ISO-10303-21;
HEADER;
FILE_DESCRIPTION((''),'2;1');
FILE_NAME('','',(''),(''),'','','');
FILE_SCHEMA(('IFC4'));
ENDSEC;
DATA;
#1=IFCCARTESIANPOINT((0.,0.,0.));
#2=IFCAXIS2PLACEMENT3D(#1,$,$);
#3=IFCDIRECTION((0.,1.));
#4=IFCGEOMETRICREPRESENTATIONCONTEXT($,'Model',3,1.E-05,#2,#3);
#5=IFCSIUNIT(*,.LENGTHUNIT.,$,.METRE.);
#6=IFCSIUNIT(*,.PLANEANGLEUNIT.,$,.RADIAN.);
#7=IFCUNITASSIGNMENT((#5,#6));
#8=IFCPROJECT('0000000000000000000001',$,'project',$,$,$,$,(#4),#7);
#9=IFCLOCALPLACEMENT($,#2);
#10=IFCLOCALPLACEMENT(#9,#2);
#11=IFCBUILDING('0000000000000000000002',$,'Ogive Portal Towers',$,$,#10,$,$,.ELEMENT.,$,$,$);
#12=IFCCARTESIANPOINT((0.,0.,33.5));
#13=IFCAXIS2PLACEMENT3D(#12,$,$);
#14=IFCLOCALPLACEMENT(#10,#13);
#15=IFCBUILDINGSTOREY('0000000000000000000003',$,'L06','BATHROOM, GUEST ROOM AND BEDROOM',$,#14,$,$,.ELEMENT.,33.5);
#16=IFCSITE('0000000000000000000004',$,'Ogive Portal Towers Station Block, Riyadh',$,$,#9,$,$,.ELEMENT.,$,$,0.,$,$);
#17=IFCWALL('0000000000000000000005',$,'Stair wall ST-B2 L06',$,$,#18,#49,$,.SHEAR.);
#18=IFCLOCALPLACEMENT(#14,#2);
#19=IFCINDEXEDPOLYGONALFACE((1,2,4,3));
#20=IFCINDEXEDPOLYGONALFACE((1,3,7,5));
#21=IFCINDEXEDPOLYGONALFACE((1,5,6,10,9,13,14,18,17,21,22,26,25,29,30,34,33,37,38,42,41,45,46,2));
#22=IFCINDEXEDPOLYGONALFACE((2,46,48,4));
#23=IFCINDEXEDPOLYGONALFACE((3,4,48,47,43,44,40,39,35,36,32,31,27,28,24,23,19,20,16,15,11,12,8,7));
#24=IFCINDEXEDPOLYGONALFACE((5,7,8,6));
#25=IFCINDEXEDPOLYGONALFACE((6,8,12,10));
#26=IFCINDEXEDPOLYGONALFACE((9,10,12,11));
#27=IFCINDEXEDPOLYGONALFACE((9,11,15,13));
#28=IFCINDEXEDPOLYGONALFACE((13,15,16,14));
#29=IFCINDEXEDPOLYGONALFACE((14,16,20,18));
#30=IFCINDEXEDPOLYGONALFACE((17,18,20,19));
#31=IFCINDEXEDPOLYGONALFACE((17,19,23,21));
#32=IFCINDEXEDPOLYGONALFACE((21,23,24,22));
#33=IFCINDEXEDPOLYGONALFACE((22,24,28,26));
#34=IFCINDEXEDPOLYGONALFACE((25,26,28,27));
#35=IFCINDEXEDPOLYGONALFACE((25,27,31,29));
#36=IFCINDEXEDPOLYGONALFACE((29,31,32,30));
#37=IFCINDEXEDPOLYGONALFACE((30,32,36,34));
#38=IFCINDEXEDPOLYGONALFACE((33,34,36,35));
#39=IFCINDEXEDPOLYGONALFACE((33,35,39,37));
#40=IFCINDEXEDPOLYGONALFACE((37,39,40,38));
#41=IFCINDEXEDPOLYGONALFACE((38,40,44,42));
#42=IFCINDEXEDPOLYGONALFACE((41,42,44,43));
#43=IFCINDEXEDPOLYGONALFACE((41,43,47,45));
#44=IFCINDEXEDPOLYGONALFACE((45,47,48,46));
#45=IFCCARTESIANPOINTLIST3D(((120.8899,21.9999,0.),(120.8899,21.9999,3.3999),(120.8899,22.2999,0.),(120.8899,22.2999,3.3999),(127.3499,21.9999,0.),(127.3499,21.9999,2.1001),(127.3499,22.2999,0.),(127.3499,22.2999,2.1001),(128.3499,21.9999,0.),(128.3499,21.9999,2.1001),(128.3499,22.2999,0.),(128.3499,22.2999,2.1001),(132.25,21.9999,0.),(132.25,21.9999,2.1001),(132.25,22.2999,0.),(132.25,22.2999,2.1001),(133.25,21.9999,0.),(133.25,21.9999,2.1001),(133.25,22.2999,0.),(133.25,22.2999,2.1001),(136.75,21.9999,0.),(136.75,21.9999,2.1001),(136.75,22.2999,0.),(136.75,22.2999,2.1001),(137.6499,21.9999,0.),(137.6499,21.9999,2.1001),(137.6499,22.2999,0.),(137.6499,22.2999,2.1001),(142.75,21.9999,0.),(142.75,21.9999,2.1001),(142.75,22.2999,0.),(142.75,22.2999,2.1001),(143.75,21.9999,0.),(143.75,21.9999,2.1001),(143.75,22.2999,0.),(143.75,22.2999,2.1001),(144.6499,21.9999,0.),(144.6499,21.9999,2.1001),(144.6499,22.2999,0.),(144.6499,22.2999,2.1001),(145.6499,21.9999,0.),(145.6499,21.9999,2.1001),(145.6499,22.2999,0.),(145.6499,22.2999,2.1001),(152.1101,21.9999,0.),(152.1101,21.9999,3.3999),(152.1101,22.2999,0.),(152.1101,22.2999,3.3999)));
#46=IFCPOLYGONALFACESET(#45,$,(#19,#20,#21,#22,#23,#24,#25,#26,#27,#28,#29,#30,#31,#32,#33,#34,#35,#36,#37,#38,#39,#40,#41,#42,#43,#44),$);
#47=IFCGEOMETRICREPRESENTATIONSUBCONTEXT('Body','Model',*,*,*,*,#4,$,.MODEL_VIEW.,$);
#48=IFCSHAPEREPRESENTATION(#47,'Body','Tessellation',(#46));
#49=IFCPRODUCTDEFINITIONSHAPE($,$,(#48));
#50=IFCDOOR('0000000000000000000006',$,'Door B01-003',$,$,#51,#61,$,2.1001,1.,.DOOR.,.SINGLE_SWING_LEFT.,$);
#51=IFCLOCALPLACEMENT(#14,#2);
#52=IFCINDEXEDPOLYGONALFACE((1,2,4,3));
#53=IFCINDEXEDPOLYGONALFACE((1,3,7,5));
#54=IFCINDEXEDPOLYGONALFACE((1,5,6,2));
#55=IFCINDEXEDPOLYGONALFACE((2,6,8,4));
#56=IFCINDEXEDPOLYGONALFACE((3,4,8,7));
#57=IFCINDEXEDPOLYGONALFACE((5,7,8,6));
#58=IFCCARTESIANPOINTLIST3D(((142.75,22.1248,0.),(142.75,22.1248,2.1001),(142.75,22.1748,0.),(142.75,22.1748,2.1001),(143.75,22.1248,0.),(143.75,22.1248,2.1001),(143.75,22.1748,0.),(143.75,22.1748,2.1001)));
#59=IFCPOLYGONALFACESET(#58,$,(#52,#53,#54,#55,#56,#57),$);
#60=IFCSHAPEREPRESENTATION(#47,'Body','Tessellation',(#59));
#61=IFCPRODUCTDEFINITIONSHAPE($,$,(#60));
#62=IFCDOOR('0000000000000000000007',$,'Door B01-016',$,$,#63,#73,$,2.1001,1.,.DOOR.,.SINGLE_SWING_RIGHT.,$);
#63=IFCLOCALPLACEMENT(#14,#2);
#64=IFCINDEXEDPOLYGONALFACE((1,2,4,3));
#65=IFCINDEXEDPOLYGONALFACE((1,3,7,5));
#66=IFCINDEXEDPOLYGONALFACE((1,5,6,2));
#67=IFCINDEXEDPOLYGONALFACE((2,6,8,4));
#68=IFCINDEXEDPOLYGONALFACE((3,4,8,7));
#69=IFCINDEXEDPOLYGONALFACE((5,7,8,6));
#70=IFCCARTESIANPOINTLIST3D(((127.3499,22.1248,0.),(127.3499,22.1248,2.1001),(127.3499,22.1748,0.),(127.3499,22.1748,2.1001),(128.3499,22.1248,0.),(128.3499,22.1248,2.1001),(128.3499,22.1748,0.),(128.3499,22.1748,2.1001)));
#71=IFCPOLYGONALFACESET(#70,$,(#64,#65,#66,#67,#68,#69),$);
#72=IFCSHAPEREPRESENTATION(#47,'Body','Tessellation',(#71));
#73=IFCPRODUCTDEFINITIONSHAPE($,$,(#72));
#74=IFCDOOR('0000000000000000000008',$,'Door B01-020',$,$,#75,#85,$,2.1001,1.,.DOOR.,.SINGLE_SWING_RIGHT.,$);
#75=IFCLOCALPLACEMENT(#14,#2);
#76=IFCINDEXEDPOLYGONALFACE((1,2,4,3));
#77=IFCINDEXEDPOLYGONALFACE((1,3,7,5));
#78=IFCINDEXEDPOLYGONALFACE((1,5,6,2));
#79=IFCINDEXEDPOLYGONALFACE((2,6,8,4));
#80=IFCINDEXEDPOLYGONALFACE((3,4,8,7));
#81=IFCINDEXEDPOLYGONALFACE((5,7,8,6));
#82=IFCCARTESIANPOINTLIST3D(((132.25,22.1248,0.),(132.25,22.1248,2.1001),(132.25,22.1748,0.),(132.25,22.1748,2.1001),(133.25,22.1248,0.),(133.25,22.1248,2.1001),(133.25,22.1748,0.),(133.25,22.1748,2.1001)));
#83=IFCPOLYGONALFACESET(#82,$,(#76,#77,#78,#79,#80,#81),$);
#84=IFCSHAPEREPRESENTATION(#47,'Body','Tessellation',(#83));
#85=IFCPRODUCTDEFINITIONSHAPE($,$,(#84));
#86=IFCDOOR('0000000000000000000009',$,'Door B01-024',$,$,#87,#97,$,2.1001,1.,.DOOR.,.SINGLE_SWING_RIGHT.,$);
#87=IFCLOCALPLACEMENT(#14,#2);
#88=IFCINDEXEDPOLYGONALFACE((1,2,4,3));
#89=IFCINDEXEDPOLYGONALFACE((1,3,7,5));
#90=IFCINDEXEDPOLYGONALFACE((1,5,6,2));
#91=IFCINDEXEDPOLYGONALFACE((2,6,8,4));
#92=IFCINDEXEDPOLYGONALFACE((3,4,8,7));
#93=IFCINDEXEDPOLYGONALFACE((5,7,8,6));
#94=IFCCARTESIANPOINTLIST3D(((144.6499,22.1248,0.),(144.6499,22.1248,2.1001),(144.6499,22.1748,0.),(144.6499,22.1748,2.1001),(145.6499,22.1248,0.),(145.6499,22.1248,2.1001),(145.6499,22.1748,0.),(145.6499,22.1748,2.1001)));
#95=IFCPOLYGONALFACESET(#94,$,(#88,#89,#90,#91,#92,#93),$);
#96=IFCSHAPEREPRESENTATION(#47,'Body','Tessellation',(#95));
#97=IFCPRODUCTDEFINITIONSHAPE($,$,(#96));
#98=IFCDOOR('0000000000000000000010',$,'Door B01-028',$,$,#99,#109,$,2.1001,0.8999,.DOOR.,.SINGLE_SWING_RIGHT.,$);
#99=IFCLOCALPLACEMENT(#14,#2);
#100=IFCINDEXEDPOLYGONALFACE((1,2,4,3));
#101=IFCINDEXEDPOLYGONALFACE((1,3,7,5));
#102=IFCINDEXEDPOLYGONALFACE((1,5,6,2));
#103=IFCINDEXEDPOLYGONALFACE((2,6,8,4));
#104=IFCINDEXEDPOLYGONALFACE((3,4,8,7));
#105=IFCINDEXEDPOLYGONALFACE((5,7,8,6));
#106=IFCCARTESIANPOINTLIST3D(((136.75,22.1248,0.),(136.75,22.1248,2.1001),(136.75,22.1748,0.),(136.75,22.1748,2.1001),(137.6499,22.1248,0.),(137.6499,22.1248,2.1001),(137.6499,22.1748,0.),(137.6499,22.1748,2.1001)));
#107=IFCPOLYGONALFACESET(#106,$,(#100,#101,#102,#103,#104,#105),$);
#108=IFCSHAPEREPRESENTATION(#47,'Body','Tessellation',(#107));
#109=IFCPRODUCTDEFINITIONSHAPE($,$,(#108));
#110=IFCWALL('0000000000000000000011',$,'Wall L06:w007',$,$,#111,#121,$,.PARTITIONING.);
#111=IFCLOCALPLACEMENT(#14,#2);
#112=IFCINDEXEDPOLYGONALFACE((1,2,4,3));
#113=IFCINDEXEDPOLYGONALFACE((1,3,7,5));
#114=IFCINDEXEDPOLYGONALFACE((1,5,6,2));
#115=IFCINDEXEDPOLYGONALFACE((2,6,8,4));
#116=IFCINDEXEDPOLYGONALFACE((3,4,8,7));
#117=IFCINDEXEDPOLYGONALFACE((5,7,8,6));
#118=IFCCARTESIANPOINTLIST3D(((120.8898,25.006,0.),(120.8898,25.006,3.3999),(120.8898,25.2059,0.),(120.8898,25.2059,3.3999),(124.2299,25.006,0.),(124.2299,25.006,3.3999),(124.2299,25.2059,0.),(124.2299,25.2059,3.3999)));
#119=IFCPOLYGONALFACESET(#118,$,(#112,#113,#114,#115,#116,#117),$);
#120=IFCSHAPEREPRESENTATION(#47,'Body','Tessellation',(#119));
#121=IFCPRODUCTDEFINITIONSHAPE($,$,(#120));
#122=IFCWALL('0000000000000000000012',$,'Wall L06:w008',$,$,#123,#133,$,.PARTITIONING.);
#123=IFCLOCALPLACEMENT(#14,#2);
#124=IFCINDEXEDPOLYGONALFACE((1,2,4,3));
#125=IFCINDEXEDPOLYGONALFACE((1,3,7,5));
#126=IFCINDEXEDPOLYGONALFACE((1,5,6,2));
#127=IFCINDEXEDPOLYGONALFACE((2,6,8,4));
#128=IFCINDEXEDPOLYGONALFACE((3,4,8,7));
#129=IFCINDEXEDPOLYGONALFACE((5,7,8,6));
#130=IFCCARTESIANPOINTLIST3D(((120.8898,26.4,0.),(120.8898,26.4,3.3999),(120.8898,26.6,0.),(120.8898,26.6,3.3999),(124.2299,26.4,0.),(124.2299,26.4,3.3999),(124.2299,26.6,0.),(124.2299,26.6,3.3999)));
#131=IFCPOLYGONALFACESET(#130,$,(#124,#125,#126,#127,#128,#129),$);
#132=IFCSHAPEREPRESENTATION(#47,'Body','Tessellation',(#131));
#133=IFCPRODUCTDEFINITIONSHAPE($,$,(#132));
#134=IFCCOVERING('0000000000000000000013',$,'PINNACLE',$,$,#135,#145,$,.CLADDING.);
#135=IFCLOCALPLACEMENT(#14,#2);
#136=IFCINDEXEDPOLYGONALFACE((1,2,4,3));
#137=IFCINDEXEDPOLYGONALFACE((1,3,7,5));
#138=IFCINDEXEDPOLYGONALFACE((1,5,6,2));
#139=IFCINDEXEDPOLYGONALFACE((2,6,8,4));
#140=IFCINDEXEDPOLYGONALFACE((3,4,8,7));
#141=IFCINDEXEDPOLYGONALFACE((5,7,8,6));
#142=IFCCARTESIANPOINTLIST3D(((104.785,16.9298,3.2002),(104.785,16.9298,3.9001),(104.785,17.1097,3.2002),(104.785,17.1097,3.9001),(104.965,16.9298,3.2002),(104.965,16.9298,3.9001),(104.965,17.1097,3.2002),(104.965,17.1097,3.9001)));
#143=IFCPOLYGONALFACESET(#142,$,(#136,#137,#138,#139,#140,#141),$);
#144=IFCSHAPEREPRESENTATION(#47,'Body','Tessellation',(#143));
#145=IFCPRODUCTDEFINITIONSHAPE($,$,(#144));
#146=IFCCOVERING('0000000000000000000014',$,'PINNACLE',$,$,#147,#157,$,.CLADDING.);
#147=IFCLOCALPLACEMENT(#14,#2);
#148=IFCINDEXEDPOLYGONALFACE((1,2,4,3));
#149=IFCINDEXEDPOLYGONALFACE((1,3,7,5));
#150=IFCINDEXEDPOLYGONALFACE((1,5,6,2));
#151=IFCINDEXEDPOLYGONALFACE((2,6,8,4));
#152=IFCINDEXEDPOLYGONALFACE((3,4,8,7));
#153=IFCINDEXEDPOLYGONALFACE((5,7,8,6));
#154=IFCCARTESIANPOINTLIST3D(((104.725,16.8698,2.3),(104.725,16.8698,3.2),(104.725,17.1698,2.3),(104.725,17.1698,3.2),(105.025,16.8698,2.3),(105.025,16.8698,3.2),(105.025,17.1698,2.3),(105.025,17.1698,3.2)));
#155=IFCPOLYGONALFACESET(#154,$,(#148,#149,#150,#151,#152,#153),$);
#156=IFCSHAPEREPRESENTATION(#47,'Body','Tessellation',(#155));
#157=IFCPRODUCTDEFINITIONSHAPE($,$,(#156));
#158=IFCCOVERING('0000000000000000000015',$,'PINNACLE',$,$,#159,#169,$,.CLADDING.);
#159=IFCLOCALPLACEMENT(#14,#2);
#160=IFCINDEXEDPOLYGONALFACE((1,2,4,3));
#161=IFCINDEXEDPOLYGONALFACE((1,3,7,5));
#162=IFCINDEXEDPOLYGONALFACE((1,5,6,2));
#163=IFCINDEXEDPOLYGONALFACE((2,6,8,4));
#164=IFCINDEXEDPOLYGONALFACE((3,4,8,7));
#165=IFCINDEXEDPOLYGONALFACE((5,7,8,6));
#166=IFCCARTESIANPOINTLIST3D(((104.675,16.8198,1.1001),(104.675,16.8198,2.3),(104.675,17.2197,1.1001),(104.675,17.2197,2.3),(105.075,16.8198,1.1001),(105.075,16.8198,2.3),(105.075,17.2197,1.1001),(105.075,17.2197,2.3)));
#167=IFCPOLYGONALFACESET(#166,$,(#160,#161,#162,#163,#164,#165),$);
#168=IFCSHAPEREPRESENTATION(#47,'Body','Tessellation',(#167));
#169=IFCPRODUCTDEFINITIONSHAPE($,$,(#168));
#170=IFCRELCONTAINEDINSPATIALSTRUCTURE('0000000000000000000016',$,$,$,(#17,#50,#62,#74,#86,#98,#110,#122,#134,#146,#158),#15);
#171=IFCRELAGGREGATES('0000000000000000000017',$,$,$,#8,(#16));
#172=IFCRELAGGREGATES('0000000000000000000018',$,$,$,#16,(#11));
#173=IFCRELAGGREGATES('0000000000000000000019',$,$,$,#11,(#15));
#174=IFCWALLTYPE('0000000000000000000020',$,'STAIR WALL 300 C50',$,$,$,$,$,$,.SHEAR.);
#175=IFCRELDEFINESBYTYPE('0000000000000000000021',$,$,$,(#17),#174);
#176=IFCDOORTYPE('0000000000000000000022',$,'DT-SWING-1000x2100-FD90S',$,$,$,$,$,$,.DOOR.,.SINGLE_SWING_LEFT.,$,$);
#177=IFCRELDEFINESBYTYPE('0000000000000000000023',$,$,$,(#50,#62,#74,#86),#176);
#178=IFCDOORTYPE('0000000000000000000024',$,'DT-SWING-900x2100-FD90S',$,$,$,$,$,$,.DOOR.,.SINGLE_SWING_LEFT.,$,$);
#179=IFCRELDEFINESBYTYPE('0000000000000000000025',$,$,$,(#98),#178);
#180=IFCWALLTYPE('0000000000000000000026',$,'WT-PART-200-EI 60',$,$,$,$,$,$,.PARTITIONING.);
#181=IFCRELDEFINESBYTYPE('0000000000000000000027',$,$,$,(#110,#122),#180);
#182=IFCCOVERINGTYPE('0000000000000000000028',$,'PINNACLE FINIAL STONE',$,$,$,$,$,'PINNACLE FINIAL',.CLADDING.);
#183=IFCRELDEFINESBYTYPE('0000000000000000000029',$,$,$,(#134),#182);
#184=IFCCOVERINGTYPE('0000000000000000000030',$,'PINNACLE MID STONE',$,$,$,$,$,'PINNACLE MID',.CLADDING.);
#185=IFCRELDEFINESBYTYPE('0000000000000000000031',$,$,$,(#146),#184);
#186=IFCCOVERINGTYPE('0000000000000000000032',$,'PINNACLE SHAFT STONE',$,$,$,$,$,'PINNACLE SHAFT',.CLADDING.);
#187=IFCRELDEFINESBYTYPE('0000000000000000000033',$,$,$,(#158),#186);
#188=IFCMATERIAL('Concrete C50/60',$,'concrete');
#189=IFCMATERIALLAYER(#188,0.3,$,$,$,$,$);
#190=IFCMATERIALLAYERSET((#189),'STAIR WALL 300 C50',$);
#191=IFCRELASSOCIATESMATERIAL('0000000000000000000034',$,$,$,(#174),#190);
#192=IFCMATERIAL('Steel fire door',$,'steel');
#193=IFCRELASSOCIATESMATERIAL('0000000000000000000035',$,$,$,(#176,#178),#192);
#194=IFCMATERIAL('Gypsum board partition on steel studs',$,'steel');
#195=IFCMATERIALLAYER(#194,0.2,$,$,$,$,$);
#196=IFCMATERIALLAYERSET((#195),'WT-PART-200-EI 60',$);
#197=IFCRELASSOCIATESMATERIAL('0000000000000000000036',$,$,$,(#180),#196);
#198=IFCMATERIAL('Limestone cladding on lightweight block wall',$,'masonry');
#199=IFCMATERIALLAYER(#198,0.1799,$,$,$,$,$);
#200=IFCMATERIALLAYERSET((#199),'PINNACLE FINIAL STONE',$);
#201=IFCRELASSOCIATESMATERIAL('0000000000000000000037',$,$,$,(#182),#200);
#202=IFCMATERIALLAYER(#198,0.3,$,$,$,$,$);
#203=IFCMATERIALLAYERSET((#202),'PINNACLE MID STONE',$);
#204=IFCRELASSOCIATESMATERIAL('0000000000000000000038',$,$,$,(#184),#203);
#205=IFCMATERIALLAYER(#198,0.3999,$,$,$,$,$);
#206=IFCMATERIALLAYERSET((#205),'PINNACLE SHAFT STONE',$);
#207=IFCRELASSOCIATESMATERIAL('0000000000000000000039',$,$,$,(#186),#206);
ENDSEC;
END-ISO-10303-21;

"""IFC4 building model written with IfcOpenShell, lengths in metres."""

from ifc_helpers import new_model, si_unit, direction, frame, frame_2d, origin, origin_2d, place, context, subcontext, project, spatial, rectangle, extrude, material, layer, layer_set, type_object, element, fill, save


model = new_model("IFC4")

# Units and contexts
model_context = context("Model", 3, precision=1e-05, world=origin(), true_north=direction((0.0, 1.0)))
body_context = subcontext(model_context, "Body", "Model", "MODEL_VIEW")
ifc_project = project(units=[si_unit("LENGTHUNIT", "METRE"), si_unit("PLANEANGLEUNIT", "RADIAN")], contexts=[model_context])

# Site, building, storey
site_placement = place(None, origin())
site = spatial("IfcSite", under=ifc_project, at=site_placement, Name="Ogive Portal Towers Station Block, Riyadh", CompositionType="ELEMENT", RefElevation=0.0)
building_placement = place(site_placement, origin())
building = spatial("IfcBuilding", under=site, at=building_placement, Name="Ogive Portal Towers", CompositionType="ELEMENT")
storey_placement = place(building_placement, frame((0.0, 0.0, 33.5)))
storey = spatial("IfcBuildingStorey", under=building, at=storey_placement, Name="L06", Description="BATHROOM, GUEST ROOM AND BEDROOM", CompositionType="ELEMENT", Elevation=33.5)

# Shared definitions
ifc_material_1 = material(Name="Limestone cladding on lightweight block wall", Category="masonry")

# Wall, openings, doors
ifc_material_2 = material(Name="Concrete C50/60", Category="concrete")
ifc_layer_1 = layer(ifc_material_2, 0.3)
ifc_layer_set_1 = layer_set([ifc_layer_1], Name="STAIR WALL 300 C50")
wall_type_1 = type_object("IfcWallType", Name="STAIR WALL 300 C50", PredefinedType="SHEAR", material=ifc_layer_set_1)
wall_1_placement = place(storey_placement, frame((120.8899, 22.1499, 0.0), z_axis=(0.0, 0.0, 1.0), x_axis=(1.0, 0.0, 0.0)))
wall_1 = element("IfcWall", 1, at=wall_1_placement, inside=storey, type_object=wall_type_1, Name="Stair wall ST-B2 L06", PredefinedType="SHEAR", context=body_context, shape_type="SweptSolid", body=[
    extrude(rectangle(XDim=31.2202, YDim=0.3, at=frame_2d((15.6101, 0.0))), origin(), (0.0, 0.0, 1.0), 3.3999),
])
opening_1_placement = place(wall_1_placement, frame((21.8601, 0.0, 0.0)))
opening_1 = element("IfcOpeningElement", 2, at=opening_1_placement, cuts=wall_1, PredefinedType="OPENING", context=body_context, shape_type="SweptSolid", body=[
    extrude(rectangle(XDim=1.0, YDim=2.1001, at=frame_2d((0.5, 1.05))), frame((0.0, 0.1602, 0.0), z_axis=(0.0, -1.0, 0.0), x_axis=(1.0, 0.0, 0.0)), (0.0, 0.0, 1.0), 0.3201),
])
opening_2_placement = place(wall_1_placement, frame((6.46, 0.0, 0.0)))
opening_2 = element("IfcOpeningElement", 3, at=opening_2_placement, cuts=wall_1, PredefinedType="OPENING", context=body_context, shape_type="SweptSolid", body=[
    extrude(rectangle(XDim=1.0, YDim=2.1001, at=frame_2d((0.5, 1.05))), frame((0.0, 0.1602, 0.0), z_axis=(0.0, -1.0, 0.0), x_axis=(1.0, 0.0, 0.0)), (0.0, 0.0, 1.0), 0.3201),
])
opening_3_placement = place(wall_1_placement, frame((11.3601, 0.0, 0.0)))
opening_3 = element("IfcOpeningElement", 4, at=opening_3_placement, cuts=wall_1, PredefinedType="OPENING", context=body_context, shape_type="SweptSolid", body=[
    extrude(rectangle(XDim=1.0, YDim=2.1001, at=frame_2d((0.5, 1.05))), frame((0.0, 0.1602, 0.0), z_axis=(0.0, -1.0, 0.0), x_axis=(1.0, 0.0, 0.0)), (0.0, 0.0, 1.0), 0.3201),
])
opening_4_placement = place(wall_1_placement, frame((23.76, 0.0, 0.0)))
opening_4 = element("IfcOpeningElement", 5, at=opening_4_placement, cuts=wall_1, PredefinedType="OPENING", context=body_context, shape_type="SweptSolid", body=[
    extrude(rectangle(XDim=1.0, YDim=2.1001, at=frame_2d((0.5, 1.05))), frame((0.0, 0.1602, 0.0), z_axis=(0.0, -1.0, 0.0), x_axis=(1.0, 0.0, 0.0)), (0.0, 0.0, 1.0), 0.3201),
])
opening_5_placement = place(wall_1_placement, frame((15.8601, 0.0, 0.0)))
opening_5 = element("IfcOpeningElement", 6, at=opening_5_placement, cuts=wall_1, PredefinedType="OPENING", context=body_context, shape_type="SweptSolid", body=[
    extrude(rectangle(XDim=0.8999, YDim=2.1001, at=frame_2d((0.45, 1.05))), frame((0.0, 0.1602, 0.0), z_axis=(0.0, -1.0, 0.0), x_axis=(1.0, 0.0, 0.0)), (0.0, 0.0, 1.0), 0.3201),
])
ifc_material_3 = material(Name="Steel fire door", Category="steel")
door_type_1 = type_object("IfcDoorType", Name="DT-SWING-1000x2100-FD90S", OperationType="SINGLE_SWING_LEFT", PredefinedType="DOOR", material=ifc_material_3)
door_1_placement = place(opening_1_placement, origin())
door_1 = element("IfcDoor", 7, at=door_1_placement, inside=storey, type_object=door_type_1, Name="Door B01-003", OperationType="SINGLE_SWING_LEFT", OverallHeight=2.1001, OverallWidth=1.0, PredefinedType="DOOR", context=body_context, shape_type="SweptSolid", body=[
    extrude(rectangle(XDim=1.0, YDim=2.1001, at=frame_2d((0.5, 1.05))), frame((0.0, 0.0249, 0.0), z_axis=(0.0, -1.0, 0.0), x_axis=(1.0, 0.0, 0.0)), (0.0, 0.0, 1.0), 0.05),
])
fill(opening_1, door_1)
door_2_placement = place(opening_2_placement, origin())
door_2 = element("IfcDoor", 8, at=door_2_placement, inside=storey, type_object=door_type_1, Name="Door B01-016", OperationType="SINGLE_SWING_RIGHT", OverallHeight=2.1001, OverallWidth=1.0, PredefinedType="DOOR", context=body_context, shape_type="SweptSolid", body=[
    extrude(rectangle(XDim=1.0, YDim=2.1001, at=frame_2d((0.5, 1.05))), frame((0.0, 0.0249, 0.0), z_axis=(0.0, -1.0, 0.0), x_axis=(1.0, 0.0, 0.0)), (0.0, 0.0, 1.0), 0.05),
])
fill(opening_2, door_2)
door_3_placement = place(opening_3_placement, origin())
door_3 = element("IfcDoor", 9, at=door_3_placement, inside=storey, type_object=door_type_1, Name="Door B01-020", OperationType="SINGLE_SWING_RIGHT", OverallHeight=2.1001, OverallWidth=1.0, PredefinedType="DOOR", context=body_context, shape_type="SweptSolid", body=[
    extrude(rectangle(XDim=1.0, YDim=2.1001, at=frame_2d((0.5, 1.05))), frame((0.0, 0.0249, 0.0), z_axis=(0.0, -1.0, 0.0), x_axis=(1.0, 0.0, 0.0)), (0.0, 0.0, 1.0), 0.05),
])
fill(opening_3, door_3)
door_4_placement = place(opening_4_placement, origin())
door_4 = element("IfcDoor", 10, at=door_4_placement, inside=storey, type_object=door_type_1, Name="Door B01-024", OperationType="SINGLE_SWING_RIGHT", OverallHeight=2.1001, OverallWidth=1.0, PredefinedType="DOOR", context=body_context, shape_type="SweptSolid", body=[
    extrude(rectangle(XDim=1.0, YDim=2.1001, at=frame_2d((0.5, 1.05))), frame((0.0, 0.0249, 0.0), z_axis=(0.0, -1.0, 0.0), x_axis=(1.0, 0.0, 0.0)), (0.0, 0.0, 1.0), 0.05),
])
fill(opening_4, door_4)
door_type_2 = type_object("IfcDoorType", Name="DT-SWING-900x2100-FD90S", OperationType="SINGLE_SWING_LEFT", PredefinedType="DOOR", material=ifc_material_3)
door_5_placement = place(opening_5_placement, origin())
door_5 = element("IfcDoor", 11, at=door_5_placement, inside=storey, type_object=door_type_2, Name="Door B01-028", OperationType="SINGLE_SWING_RIGHT", OverallHeight=2.1001, OverallWidth=0.8999, PredefinedType="DOOR", context=body_context, shape_type="SweptSolid", body=[
    extrude(rectangle(XDim=0.8999, YDim=2.1001, at=frame_2d((0.45, 1.05))), frame((0.0, 0.0249, 0.0), z_axis=(0.0, -1.0, 0.0), x_axis=(1.0, 0.0, 0.0)), (0.0, 0.0, 1.0), 0.05),
])
fill(opening_5, door_5)

# Walls
ifc_material_4 = material(Name="Gypsum board partition on steel studs", Category="steel")
ifc_layer_2 = layer(ifc_material_4, 0.2)
ifc_layer_set_2 = layer_set([ifc_layer_2], Name="WT-PART-200-EI 60")
wall_type_2 = type_object("IfcWallType", Name="WT-PART-200-EI 60", PredefinedType="PARTITIONING", material=ifc_layer_set_2)
for number, where, z_axis, x_axis, name in (
    (12, (120.8899, 25.106, 0.0), (0.0, 0.0, 1.0), (1.0, 0.0, 0.0), "Wall L06:w007"),
    (13, (120.8899, 26.5, 0.0), (0.0, 0.0, 1.0), (1.0, 0.0, 0.0), "Wall L06:w008"),
):
    element("IfcWall", number, at=place(storey_placement, frame(where, z_axis=z_axis, x_axis=x_axis)), inside=storey, type_object=wall_type_2, Name=name, PredefinedType="PARTITIONING", context=body_context, shape_type="SweptSolid", body=[
        extrude(rectangle(XDim=3.3401, YDim=0.2, at=frame_2d((1.6699, 0.0))), origin(), (0.0, 0.0, 1.0), 3.3999),
    ])

# Coverings
ifc_layer_3 = layer(ifc_material_1, 0.1799)
ifc_layer_set_3 = layer_set([ifc_layer_3], Name="PINNACLE FINIAL STONE")
covering_type_1 = type_object("IfcCoveringType", Name="PINNACLE FINIAL STONE", ElementType="PINNACLE FINIAL", PredefinedType="CLADDING", material=ifc_layer_set_3)
covering_1_placement = place(storey_placement, frame((104.875, 17.0198, 3.2002), z_axis=(0.0, 0.0, 1.0), x_axis=(1.0, 0.0, 0.0)))
element("IfcCovering", 14, at=covering_1_placement, inside=storey, type_object=covering_type_1, Name="PINNACLE", PredefinedType="CLADDING", context=body_context, shape_type="SweptSolid", body=[
    extrude(rectangle(XDim=0.1799, YDim=0.1799, at=origin_2d()), origin(), (0.0, 0.0, 1.0), 0.7),
])
ifc_layer_4 = layer(ifc_material_1, 0.3)
ifc_layer_set_4 = layer_set([ifc_layer_4], Name="PINNACLE MID STONE")
covering_type_2 = type_object("IfcCoveringType", Name="PINNACLE MID STONE", ElementType="PINNACLE MID", PredefinedType="CLADDING", material=ifc_layer_set_4)
covering_2_placement = place(storey_placement, frame((104.875, 17.0198, 2.3), z_axis=(0.0, 0.0, 1.0), x_axis=(1.0, 0.0, 0.0)))
element("IfcCovering", 15, at=covering_2_placement, inside=storey, type_object=covering_type_2, Name="PINNACLE", PredefinedType="CLADDING", context=body_context, shape_type="SweptSolid", body=[
    extrude(rectangle(XDim=0.3, YDim=0.3, at=origin_2d()), origin(), (0.0, 0.0, 1.0), 0.8999),
])
ifc_layer_5 = layer(ifc_material_1, 0.3999)
ifc_layer_set_5 = layer_set([ifc_layer_5], Name="PINNACLE SHAFT STONE")
covering_type_3 = type_object("IfcCoveringType", Name="PINNACLE SHAFT STONE", ElementType="PINNACLE SHAFT", PredefinedType="CLADDING", material=ifc_layer_set_5)
covering_3_placement = place(storey_placement, frame((104.875, 17.0198, 1.1001), z_axis=(0.0, 0.0, 1.0), x_axis=(1.0, 0.0, 0.0)))
element("IfcCovering", 16, at=covering_3_placement, inside=storey, type_object=covering_type_3, Name="PINNACLE", PredefinedType="CLADDING", context=body_context, shape_type="SweptSolid", body=[
    extrude(rectangle(XDim=0.3999, YDim=0.3999, at=origin_2d()), origin(), (0.0, 0.0, 1.0), 1.2),
])

save(model, "model.ifc")
